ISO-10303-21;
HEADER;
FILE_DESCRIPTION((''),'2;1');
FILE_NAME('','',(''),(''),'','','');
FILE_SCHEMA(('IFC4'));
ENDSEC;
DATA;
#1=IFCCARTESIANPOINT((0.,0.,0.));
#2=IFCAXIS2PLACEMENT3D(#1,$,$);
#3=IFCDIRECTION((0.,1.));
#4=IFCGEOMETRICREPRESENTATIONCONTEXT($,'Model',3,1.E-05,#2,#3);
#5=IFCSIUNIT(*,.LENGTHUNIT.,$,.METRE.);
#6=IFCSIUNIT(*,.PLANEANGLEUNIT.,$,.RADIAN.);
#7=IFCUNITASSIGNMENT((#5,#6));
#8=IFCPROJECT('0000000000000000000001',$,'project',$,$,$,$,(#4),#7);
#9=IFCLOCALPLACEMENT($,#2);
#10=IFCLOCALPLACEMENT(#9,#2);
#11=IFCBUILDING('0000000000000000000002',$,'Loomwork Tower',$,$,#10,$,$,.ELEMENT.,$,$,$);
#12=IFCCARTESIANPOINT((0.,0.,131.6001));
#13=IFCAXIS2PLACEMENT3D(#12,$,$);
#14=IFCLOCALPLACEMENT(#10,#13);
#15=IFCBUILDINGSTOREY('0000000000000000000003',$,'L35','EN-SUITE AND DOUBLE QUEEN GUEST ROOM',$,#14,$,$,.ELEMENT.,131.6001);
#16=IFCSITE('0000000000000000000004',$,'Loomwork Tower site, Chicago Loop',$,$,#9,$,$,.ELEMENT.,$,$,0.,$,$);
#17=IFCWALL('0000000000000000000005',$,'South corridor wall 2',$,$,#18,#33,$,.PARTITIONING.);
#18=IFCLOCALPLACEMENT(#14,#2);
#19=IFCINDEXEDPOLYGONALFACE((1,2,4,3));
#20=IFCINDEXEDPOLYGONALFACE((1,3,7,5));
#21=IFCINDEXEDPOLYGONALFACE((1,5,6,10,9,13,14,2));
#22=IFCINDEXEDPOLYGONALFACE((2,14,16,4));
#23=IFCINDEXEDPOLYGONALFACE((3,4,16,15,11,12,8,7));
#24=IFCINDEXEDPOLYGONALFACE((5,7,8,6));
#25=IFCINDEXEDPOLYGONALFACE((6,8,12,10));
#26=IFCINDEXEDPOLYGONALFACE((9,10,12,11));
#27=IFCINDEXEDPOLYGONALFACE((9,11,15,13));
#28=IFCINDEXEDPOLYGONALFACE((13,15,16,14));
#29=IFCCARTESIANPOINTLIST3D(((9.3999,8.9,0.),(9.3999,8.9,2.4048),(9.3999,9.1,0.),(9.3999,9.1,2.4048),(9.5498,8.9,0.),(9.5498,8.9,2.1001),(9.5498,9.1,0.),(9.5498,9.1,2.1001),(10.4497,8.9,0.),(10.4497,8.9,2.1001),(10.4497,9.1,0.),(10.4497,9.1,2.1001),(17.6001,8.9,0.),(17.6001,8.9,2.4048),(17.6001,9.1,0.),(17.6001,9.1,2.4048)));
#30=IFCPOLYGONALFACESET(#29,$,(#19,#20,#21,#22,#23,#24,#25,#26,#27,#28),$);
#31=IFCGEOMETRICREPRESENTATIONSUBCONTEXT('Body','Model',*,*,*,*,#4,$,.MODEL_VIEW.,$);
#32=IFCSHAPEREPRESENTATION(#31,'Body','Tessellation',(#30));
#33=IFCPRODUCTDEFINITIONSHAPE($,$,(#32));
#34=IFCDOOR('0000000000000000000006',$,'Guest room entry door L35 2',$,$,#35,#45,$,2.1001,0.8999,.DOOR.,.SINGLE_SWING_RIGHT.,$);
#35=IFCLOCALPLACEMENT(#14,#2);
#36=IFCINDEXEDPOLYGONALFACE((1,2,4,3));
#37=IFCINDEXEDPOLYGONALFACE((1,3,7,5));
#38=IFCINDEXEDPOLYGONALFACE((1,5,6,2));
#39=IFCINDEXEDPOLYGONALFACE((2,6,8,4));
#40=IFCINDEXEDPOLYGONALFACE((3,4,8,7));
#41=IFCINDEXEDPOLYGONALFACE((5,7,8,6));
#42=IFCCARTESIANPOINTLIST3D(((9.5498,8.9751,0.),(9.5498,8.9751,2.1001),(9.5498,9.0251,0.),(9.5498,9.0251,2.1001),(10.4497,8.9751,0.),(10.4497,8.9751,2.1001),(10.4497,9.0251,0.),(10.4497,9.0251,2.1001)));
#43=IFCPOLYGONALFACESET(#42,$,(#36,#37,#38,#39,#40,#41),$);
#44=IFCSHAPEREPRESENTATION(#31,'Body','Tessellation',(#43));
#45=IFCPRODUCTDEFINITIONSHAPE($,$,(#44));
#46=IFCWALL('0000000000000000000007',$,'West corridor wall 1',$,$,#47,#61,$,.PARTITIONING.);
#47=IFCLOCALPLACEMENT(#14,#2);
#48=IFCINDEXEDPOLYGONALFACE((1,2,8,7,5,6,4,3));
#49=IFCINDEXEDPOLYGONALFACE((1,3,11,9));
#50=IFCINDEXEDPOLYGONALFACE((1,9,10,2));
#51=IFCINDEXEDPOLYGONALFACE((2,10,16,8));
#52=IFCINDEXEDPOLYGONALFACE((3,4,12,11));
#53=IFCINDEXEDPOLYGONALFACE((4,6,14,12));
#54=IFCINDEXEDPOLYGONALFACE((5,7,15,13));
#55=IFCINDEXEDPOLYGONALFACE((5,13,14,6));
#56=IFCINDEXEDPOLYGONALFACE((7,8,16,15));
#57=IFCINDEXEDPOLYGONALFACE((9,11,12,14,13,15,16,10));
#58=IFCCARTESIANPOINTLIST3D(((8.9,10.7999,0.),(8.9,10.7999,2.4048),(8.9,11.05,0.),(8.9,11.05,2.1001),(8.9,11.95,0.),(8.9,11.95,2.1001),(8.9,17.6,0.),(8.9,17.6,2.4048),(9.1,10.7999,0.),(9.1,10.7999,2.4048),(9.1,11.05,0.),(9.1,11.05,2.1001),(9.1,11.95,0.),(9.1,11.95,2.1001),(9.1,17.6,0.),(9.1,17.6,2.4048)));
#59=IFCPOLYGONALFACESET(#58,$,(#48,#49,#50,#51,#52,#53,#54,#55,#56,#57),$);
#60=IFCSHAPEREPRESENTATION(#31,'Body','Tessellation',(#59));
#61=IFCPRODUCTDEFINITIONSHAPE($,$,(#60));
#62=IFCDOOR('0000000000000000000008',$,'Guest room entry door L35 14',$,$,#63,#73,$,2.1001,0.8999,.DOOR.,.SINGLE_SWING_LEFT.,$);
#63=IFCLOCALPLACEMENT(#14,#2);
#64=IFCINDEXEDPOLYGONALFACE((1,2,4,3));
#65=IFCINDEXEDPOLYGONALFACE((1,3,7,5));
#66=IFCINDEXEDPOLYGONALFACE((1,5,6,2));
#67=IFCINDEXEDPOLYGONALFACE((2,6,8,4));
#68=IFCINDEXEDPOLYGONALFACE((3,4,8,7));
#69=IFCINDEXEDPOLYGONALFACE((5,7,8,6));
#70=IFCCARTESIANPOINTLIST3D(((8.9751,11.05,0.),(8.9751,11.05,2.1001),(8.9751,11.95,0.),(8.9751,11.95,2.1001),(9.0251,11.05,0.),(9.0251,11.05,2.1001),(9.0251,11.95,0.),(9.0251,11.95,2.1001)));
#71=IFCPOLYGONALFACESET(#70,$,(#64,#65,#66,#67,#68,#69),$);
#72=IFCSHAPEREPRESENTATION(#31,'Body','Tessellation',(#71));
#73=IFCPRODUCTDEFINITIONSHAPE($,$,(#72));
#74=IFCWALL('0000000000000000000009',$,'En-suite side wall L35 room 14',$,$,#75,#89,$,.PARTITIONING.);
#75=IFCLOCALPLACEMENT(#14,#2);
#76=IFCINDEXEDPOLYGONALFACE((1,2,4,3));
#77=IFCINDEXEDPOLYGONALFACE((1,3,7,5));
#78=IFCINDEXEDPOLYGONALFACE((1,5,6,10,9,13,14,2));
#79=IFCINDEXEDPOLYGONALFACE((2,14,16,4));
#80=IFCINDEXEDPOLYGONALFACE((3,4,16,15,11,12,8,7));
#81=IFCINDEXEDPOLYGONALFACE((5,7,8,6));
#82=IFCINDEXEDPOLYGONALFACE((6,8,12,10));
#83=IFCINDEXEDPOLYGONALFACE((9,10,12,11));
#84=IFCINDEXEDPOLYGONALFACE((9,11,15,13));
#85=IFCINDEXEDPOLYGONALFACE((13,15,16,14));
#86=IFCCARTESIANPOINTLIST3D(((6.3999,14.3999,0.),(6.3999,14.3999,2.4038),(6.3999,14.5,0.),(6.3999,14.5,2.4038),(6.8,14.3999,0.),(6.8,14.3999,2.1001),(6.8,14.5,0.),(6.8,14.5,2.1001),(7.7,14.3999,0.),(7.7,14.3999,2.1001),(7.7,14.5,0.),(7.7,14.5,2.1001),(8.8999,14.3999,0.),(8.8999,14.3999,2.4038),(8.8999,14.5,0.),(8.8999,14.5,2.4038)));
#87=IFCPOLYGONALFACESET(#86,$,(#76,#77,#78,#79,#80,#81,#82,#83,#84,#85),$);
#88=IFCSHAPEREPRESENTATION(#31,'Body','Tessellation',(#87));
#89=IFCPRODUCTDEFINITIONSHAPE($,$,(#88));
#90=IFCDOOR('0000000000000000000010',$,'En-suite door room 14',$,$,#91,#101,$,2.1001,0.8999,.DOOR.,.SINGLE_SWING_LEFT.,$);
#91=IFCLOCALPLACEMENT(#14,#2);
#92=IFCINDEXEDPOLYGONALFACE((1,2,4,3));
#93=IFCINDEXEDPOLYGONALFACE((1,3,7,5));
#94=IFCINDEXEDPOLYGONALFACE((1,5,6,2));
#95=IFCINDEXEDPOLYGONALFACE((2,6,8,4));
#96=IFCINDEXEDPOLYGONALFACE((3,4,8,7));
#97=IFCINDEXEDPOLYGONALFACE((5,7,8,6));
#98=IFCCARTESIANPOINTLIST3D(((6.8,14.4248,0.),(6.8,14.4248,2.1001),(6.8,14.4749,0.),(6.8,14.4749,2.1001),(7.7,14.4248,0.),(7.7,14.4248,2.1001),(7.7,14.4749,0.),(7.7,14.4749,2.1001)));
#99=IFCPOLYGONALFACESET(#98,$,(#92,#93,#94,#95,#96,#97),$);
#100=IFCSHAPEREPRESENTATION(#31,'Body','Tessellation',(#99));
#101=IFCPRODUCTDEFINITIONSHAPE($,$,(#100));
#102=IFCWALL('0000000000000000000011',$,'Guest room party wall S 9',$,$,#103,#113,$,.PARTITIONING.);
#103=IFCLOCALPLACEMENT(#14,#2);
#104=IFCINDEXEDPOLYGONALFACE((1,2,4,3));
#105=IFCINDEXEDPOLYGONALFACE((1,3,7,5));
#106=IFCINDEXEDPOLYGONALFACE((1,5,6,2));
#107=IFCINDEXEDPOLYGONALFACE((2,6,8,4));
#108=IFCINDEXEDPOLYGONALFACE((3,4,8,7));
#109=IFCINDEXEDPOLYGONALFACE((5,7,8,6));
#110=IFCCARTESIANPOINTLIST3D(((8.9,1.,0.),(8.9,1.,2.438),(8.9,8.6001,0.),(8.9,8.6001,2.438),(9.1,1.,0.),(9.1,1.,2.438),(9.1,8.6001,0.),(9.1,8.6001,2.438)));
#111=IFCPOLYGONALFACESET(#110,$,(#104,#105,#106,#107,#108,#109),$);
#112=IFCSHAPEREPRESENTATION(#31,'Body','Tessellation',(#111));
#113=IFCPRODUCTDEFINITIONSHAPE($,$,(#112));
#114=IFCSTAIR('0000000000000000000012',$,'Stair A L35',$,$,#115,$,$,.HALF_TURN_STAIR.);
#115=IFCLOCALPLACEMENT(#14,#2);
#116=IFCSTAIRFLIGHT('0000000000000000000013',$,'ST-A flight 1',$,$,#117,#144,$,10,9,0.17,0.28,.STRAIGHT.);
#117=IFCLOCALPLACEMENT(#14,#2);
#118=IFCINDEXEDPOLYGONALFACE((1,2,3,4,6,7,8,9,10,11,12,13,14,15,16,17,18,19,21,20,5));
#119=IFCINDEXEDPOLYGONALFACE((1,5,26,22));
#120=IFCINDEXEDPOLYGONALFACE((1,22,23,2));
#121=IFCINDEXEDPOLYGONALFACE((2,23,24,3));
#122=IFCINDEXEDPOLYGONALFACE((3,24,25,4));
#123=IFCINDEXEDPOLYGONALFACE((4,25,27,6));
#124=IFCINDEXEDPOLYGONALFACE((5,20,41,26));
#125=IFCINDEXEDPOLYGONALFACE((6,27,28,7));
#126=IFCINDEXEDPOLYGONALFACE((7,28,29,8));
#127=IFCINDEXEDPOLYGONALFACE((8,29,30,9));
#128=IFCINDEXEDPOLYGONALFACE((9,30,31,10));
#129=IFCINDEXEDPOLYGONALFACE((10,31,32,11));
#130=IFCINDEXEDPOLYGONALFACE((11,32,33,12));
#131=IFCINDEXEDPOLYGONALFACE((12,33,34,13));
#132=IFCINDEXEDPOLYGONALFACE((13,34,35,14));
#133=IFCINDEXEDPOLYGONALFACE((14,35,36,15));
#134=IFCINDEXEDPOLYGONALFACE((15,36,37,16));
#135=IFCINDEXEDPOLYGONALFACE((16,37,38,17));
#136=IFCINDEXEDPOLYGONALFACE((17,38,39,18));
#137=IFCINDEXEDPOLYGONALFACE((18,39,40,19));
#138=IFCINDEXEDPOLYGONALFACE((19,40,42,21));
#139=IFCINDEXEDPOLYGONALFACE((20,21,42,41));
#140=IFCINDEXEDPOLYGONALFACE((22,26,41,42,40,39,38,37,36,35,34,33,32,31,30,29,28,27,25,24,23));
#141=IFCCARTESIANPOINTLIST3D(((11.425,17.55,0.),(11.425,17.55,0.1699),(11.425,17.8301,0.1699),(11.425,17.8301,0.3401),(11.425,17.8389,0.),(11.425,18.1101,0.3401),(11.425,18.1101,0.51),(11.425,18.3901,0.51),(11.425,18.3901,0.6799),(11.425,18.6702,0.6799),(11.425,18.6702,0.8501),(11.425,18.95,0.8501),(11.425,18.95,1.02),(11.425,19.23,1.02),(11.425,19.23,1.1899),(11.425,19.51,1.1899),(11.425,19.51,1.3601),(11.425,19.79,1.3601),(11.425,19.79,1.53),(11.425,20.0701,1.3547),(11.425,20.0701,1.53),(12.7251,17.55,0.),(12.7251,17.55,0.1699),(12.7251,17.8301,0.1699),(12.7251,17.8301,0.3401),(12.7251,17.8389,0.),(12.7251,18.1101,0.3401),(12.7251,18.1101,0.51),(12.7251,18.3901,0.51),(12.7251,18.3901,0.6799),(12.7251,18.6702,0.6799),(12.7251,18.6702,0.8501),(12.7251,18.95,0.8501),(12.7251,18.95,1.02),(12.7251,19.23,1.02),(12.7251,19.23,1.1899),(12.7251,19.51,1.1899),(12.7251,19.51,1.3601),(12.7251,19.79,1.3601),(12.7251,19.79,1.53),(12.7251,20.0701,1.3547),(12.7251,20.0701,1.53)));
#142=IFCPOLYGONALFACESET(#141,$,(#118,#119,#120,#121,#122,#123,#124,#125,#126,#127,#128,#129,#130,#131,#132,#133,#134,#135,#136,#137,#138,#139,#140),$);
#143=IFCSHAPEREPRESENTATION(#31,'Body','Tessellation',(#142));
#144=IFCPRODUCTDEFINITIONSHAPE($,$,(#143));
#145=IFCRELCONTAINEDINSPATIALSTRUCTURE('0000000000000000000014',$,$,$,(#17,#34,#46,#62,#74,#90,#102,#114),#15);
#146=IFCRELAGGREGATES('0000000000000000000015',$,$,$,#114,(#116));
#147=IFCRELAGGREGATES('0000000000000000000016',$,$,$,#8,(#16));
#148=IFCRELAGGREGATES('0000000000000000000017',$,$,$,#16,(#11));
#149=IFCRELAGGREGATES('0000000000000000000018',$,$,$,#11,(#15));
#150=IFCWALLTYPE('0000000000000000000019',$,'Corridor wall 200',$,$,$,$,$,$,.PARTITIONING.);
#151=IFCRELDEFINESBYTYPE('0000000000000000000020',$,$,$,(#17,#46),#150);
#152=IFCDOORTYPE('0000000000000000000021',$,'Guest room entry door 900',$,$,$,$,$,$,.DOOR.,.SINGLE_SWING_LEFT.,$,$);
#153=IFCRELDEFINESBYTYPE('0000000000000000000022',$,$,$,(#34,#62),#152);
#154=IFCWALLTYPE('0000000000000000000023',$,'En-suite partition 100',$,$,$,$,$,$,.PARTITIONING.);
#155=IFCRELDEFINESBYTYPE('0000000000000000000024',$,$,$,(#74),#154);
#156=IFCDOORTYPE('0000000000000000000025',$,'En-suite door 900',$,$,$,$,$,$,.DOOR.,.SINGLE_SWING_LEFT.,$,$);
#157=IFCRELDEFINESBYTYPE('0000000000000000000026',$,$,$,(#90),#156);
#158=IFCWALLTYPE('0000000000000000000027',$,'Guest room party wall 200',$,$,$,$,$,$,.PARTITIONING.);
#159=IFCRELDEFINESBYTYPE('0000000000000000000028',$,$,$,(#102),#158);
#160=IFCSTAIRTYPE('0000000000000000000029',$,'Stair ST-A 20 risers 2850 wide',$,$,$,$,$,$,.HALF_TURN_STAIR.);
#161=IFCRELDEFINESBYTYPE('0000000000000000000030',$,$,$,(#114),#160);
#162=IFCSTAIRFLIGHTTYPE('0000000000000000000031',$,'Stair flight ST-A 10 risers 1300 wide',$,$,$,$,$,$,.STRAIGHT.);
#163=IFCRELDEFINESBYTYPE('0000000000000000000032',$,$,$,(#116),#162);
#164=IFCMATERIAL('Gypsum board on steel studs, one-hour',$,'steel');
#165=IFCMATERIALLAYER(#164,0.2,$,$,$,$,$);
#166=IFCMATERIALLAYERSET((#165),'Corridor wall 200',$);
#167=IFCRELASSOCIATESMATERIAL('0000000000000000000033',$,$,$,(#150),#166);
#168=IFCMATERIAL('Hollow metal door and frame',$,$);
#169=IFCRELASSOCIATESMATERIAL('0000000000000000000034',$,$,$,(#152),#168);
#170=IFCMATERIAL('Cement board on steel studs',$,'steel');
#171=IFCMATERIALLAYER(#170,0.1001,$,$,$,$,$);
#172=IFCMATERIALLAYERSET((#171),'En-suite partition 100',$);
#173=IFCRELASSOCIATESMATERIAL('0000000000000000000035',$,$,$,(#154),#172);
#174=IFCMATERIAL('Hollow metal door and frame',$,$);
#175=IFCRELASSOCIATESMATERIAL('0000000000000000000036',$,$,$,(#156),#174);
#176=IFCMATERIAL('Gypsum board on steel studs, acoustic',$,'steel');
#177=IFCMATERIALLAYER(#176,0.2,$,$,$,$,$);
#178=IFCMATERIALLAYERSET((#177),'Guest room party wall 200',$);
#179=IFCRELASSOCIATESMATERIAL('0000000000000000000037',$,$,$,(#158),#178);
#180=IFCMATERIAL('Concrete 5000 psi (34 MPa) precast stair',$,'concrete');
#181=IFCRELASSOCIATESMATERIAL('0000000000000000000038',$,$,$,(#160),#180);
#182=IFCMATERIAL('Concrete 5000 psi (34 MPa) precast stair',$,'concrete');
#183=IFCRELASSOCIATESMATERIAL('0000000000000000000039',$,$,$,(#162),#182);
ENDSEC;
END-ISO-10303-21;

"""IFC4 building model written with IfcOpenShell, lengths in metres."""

from ifc_helpers import new_model, si_unit, direction, frame, frame_2d, origin, place, context, subcontext, project, spatial, polyline, rectangle, outline, extrude, material, layer, layer_set, type_object, element, fill, aggregate, save


model = new_model("IFC4")

# Units and contexts
model_context = context("Model", 3, precision=1e-05, world=origin(), true_north=direction((0.0, 1.0)))
body_context = subcontext(model_context, "Body", "Model", "MODEL_VIEW")
ifc_project = project(units=[si_unit("LENGTHUNIT", "METRE"), si_unit("PLANEANGLEUNIT", "RADIAN")], contexts=[model_context])

# Site, building, storey
site_placement = place(None, origin())
site = spatial("IfcSite", under=ifc_project, at=site_placement, Name="Loomwork Tower site, Chicago Loop", CompositionType="ELEMENT", RefElevation=0.0)
building_placement = place(site_placement, origin())
building = spatial("IfcBuilding", under=site, at=building_placement, Name="Loomwork Tower", CompositionType="ELEMENT")
storey_placement = place(building_placement, frame((0.0, 0.0, 131.6001)))
storey = spatial("IfcBuildingStorey", under=building, at=storey_placement, Name="L35", Description="EN-SUITE AND DOUBLE QUEEN GUEST ROOM", CompositionType="ELEMENT", Elevation=131.6001)

# Walls, openings, doors
ifc_material_1 = material(Name="Gypsum board on steel studs, one-hour", Category="steel")
ifc_layer_1 = layer(ifc_material_1, 0.2)
ifc_layer_set_1 = layer_set([ifc_layer_1], Name="Corridor wall 200")
wall_type_1 = type_object("IfcWallType", Name="Corridor wall 200", PredefinedType="PARTITIONING", material=ifc_layer_set_1)
wall_1_placement = place(storey_placement, frame((9.3999, 9.0, 0.0), z_axis=(0.0, 0.0, 1.0), x_axis=(1.0, 0.0, 0.0)))
wall_1 = element("IfcWall", 1, at=wall_1_placement, inside=storey, type_object=wall_type_1, Name="South corridor wall 2", PredefinedType="PARTITIONING", context=body_context, shape_type="SweptSolid", body=[
    extrude(rectangle(XDim=8.2002, YDim=0.2, at=frame_2d((4.1001, 0.0))), origin(), (0.0, 0.0, 1.0), 2.4048),
])
opening_1_placement = place(wall_1_placement, frame((0.1499, 0.0, 0.0)))
opening_1 = element("IfcOpeningElement", 2, at=opening_1_placement, cuts=wall_1, PredefinedType="OPENING", context=body_context, shape_type="SweptSolid", body=[
    extrude(rectangle(XDim=0.8999, YDim=2.1001, at=frame_2d((0.45, 1.05))), frame((0.0, 0.1099, 0.0), z_axis=(0.0, -1.0, 0.0), x_axis=(1.0, 0.0, 0.0)), (0.0, 0.0, 1.0), 0.22),
])
ifc_material_2 = material(Name="Hollow metal door and frame")
door_type_1 = type_object("IfcDoorType", Name="Guest room entry door 900", OperationType="SINGLE_SWING_LEFT", PredefinedType="DOOR", material=ifc_material_2)
door_1_placement = place(opening_1_placement, frame((0.8999, 0.0, 0.0), z_axis=(0.0, 0.0, 1.0), x_axis=(-1.0, 0.0, 0.0)))
door_1 = element("IfcDoor", 3, at=door_1_placement, inside=storey, type_object=door_type_1, Name="Guest room entry door L35 2", OperationType="SINGLE_SWING_RIGHT", OverallHeight=2.1001, OverallWidth=0.8999, PredefinedType="DOOR", context=body_context, shape_type="SweptSolid", body=[
    extrude(rectangle(XDim=0.8999, YDim=2.1001, at=frame_2d((0.45, 1.05))), frame((0.0, 0.0249, 0.0), z_axis=(0.0, -1.0, 0.0), x_axis=(1.0, 0.0, 0.0)), (0.0, 0.0, 1.0), 0.05),
])
fill(opening_1, door_1)
wall_2_placement = place(storey_placement, frame((9.0, 10.8, 0.0), z_axis=(0.0, 0.0, 1.0), x_axis=(0.0, 1.0, 0.0)))
wall_2 = element("IfcWall", 4, at=wall_2_placement, inside=storey, type_object=wall_type_1, Name="West corridor wall 1", PredefinedType="PARTITIONING", context=body_context, shape_type="SweptSolid", body=[
    extrude(rectangle(XDim=6.8, YDim=0.2, at=frame_2d((3.3999, 0.0))), origin(), (0.0, 0.0, 1.0), 2.4048),
])
opening_2_placement = place(wall_2_placement, frame((0.25, 0.0, 0.0)))
opening_2 = element("IfcOpeningElement", 5, at=opening_2_placement, cuts=wall_2, PredefinedType="OPENING", context=body_context, shape_type="SweptSolid", body=[
    extrude(rectangle(XDim=0.8999, YDim=2.1001, at=frame_2d((0.45, 1.05))), frame((0.0, 0.1099, 0.0), z_axis=(0.0, -1.0, 0.0), x_axis=(1.0, 0.0, 0.0)), (0.0, 0.0, 1.0), 0.22),
])
door_2_placement = place(opening_2_placement, origin())
door_2 = element("IfcDoor", 6, at=door_2_placement, inside=storey, type_object=door_type_1, Name="Guest room entry door L35 14", OperationType="SINGLE_SWING_LEFT", OverallHeight=2.1001, OverallWidth=0.8999, PredefinedType="DOOR", context=body_context, shape_type="SweptSolid", body=[
    extrude(rectangle(XDim=0.8999, YDim=2.1001, at=frame_2d((0.45, 1.05))), frame((0.0, 0.0249, 0.0), z_axis=(0.0, -1.0, 0.0), x_axis=(1.0, 0.0, 0.0)), (0.0, 0.0, 1.0), 0.05),
])
fill(opening_2, door_2)
ifc_material_3 = material(Name="Cement board on steel studs", Category="steel")
ifc_layer_2 = layer(ifc_material_3, 0.1001)
ifc_layer_set_2 = layer_set([ifc_layer_2], Name="En-suite partition 100")
wall_type_2 = type_object("IfcWallType", Name="En-suite partition 100", PredefinedType="PARTITIONING", material=ifc_layer_set_2)
wall_3_placement = place(storey_placement, frame((8.8999, 14.45, 0.0), z_axis=(0.0, 0.0, 1.0), x_axis=(-1.0, 0.0, 0.0)))
wall_3 = element("IfcWall", 7, at=wall_3_placement, inside=storey, type_object=wall_type_2, Name="En-suite side wall L35 room 14", PredefinedType="PARTITIONING", context=body_context, shape_type="SweptSolid", body=[
    extrude(rectangle(XDim=2.5, YDim=0.1001, at=frame_2d((1.25, 0.0))), origin(), (0.0, 0.0, 1.0), 2.4038),
])
opening_3_placement = place(wall_3_placement, frame((1.2, 0.0, 0.0)))
opening_3 = element("IfcOpeningElement", 8, at=opening_3_placement, cuts=wall_3, PredefinedType="OPENING", context=body_context, shape_type="SweptSolid", body=[
    extrude(rectangle(XDim=0.8999, YDim=2.1001, at=frame_2d((0.45, 1.05))), frame((0.0, 0.0601, 0.0), z_axis=(0.0, -1.0, 0.0), x_axis=(1.0, 0.0, 0.0)), (0.0, 0.0, 1.0), 0.1201),
])
ifc_material_4 = material(Name="Hollow metal door and frame")
door_type_2 = type_object("IfcDoorType", Name="En-suite door 900", OperationType="SINGLE_SWING_LEFT", PredefinedType="DOOR", material=ifc_material_4)
door_3_placement = place(opening_3_placement, frame((0.8999, 0.0, 0.0), z_axis=(0.0, 0.0, 1.0), x_axis=(-1.0, 0.0, 0.0)))
door_3 = element("IfcDoor", 9, at=door_3_placement, inside=storey, type_object=door_type_2, Name="En-suite door room 14", OperationType="SINGLE_SWING_LEFT", OverallHeight=2.1001, OverallWidth=0.8999, PredefinedType="DOOR", context=body_context, shape_type="SweptSolid", body=[
    extrude(rectangle(XDim=0.8999, YDim=2.1001, at=frame_2d((0.45, 1.05))), frame((0.0, 0.0249, 0.0), z_axis=(0.0, -1.0, 0.0), x_axis=(1.0, 0.0, 0.0)), (0.0, 0.0, 1.0), 0.05),
])
fill(opening_3, door_3)

# Wall
ifc_material_5 = material(Name="Gypsum board on steel studs, acoustic", Category="steel")
ifc_layer_3 = layer(ifc_material_5, 0.2)
ifc_layer_set_3 = layer_set([ifc_layer_3], Name="Guest room party wall 200")
wall_type_3 = type_object("IfcWallType", Name="Guest room party wall 200", PredefinedType="PARTITIONING", material=ifc_layer_set_3)
wall_4_placement = place(storey_placement, frame((9.0, 8.6001, 0.0), z_axis=(0.0, 0.0, 1.0), x_axis=(0.0, -1.0, 0.0)))
element("IfcWall", 10, at=wall_4_placement, inside=storey, type_object=wall_type_3, Name="Guest room party wall S 9", PredefinedType="PARTITIONING", context=body_context, shape_type="SweptSolid", body=[
    extrude(rectangle(XDim=7.6001, YDim=0.2, at=frame_2d((3.8, 0.0))), origin(), (0.0, 0.0, 1.0), 2.438),
])

# Stair, stair flight
ifc_material_6 = material(Name="Concrete 5000 psi (34 MPa) precast stair", Category="concrete")
stair_type = type_object("IfcStairType", Name="Stair ST-A 20 risers 2850 wide", PredefinedType="HALF_TURN_STAIR", material=ifc_material_6)
stair_placement = place(storey_placement, origin())
stair = element("IfcStair", 11, at=stair_placement, inside=storey, type_object=stair_type, Name="Stair A L35", PredefinedType="HALF_TURN_STAIR")
ifc_material_7 = material(Name="Concrete 5000 psi (34 MPa) precast stair", Category="concrete")
stair_flight_type = type_object("IfcStairFlightType", Name="Stair flight ST-A 10 risers 1300 wide", PredefinedType="STRAIGHT", material=ifc_material_7)
stair_flight_placement = place(storey_placement, frame((12.075, 17.55, 0.0), z_axis=(0.0, 0.0, 1.0), x_axis=(0.0, 1.0, 0.0)))
stair_flight = element("IfcStairFlight", 12, at=stair_flight_placement, type_object=stair_flight_type, Name="ST-A flight 1", NumberOfRisers=10, NumberOfTreads=9, PredefinedType="STRAIGHT", RiserHeight=0.17, TreadLength=0.28, context=body_context, shape_type="SweptSolid", body=[
    extrude(outline(polyline([(0.0, 0.0), (0.0, 0.1699), (0.28, 0.1699), (0.28, 0.3401), (0.5601, 0.3401), (0.5601, 0.51), (0.8401, 0.51), (0.8401, 0.6799), (1.1201, 0.6799), (1.1201, 0.8501), (1.3999, 0.8501), (1.3999, 1.02), (1.6799, 1.02), (1.6799, 1.1899), (1.96, 1.1899), (1.96, 1.3601), (2.24, 1.3601), (2.24, 1.53), (2.52, 1.53), (2.52, 1.7), (2.52, 1.3547), (0.2888, 0.0), (0.0, 0.0)])), frame((0.0, 0.6499, 0.0), z_axis=(0.0, -1.0, 0.0), x_axis=(1.0, 0.0, 0.0)), (0.0, 0.0, 1.0), 1.3),
])
aggregate(stair, [stair_flight])

save(model, "model.ifc")
